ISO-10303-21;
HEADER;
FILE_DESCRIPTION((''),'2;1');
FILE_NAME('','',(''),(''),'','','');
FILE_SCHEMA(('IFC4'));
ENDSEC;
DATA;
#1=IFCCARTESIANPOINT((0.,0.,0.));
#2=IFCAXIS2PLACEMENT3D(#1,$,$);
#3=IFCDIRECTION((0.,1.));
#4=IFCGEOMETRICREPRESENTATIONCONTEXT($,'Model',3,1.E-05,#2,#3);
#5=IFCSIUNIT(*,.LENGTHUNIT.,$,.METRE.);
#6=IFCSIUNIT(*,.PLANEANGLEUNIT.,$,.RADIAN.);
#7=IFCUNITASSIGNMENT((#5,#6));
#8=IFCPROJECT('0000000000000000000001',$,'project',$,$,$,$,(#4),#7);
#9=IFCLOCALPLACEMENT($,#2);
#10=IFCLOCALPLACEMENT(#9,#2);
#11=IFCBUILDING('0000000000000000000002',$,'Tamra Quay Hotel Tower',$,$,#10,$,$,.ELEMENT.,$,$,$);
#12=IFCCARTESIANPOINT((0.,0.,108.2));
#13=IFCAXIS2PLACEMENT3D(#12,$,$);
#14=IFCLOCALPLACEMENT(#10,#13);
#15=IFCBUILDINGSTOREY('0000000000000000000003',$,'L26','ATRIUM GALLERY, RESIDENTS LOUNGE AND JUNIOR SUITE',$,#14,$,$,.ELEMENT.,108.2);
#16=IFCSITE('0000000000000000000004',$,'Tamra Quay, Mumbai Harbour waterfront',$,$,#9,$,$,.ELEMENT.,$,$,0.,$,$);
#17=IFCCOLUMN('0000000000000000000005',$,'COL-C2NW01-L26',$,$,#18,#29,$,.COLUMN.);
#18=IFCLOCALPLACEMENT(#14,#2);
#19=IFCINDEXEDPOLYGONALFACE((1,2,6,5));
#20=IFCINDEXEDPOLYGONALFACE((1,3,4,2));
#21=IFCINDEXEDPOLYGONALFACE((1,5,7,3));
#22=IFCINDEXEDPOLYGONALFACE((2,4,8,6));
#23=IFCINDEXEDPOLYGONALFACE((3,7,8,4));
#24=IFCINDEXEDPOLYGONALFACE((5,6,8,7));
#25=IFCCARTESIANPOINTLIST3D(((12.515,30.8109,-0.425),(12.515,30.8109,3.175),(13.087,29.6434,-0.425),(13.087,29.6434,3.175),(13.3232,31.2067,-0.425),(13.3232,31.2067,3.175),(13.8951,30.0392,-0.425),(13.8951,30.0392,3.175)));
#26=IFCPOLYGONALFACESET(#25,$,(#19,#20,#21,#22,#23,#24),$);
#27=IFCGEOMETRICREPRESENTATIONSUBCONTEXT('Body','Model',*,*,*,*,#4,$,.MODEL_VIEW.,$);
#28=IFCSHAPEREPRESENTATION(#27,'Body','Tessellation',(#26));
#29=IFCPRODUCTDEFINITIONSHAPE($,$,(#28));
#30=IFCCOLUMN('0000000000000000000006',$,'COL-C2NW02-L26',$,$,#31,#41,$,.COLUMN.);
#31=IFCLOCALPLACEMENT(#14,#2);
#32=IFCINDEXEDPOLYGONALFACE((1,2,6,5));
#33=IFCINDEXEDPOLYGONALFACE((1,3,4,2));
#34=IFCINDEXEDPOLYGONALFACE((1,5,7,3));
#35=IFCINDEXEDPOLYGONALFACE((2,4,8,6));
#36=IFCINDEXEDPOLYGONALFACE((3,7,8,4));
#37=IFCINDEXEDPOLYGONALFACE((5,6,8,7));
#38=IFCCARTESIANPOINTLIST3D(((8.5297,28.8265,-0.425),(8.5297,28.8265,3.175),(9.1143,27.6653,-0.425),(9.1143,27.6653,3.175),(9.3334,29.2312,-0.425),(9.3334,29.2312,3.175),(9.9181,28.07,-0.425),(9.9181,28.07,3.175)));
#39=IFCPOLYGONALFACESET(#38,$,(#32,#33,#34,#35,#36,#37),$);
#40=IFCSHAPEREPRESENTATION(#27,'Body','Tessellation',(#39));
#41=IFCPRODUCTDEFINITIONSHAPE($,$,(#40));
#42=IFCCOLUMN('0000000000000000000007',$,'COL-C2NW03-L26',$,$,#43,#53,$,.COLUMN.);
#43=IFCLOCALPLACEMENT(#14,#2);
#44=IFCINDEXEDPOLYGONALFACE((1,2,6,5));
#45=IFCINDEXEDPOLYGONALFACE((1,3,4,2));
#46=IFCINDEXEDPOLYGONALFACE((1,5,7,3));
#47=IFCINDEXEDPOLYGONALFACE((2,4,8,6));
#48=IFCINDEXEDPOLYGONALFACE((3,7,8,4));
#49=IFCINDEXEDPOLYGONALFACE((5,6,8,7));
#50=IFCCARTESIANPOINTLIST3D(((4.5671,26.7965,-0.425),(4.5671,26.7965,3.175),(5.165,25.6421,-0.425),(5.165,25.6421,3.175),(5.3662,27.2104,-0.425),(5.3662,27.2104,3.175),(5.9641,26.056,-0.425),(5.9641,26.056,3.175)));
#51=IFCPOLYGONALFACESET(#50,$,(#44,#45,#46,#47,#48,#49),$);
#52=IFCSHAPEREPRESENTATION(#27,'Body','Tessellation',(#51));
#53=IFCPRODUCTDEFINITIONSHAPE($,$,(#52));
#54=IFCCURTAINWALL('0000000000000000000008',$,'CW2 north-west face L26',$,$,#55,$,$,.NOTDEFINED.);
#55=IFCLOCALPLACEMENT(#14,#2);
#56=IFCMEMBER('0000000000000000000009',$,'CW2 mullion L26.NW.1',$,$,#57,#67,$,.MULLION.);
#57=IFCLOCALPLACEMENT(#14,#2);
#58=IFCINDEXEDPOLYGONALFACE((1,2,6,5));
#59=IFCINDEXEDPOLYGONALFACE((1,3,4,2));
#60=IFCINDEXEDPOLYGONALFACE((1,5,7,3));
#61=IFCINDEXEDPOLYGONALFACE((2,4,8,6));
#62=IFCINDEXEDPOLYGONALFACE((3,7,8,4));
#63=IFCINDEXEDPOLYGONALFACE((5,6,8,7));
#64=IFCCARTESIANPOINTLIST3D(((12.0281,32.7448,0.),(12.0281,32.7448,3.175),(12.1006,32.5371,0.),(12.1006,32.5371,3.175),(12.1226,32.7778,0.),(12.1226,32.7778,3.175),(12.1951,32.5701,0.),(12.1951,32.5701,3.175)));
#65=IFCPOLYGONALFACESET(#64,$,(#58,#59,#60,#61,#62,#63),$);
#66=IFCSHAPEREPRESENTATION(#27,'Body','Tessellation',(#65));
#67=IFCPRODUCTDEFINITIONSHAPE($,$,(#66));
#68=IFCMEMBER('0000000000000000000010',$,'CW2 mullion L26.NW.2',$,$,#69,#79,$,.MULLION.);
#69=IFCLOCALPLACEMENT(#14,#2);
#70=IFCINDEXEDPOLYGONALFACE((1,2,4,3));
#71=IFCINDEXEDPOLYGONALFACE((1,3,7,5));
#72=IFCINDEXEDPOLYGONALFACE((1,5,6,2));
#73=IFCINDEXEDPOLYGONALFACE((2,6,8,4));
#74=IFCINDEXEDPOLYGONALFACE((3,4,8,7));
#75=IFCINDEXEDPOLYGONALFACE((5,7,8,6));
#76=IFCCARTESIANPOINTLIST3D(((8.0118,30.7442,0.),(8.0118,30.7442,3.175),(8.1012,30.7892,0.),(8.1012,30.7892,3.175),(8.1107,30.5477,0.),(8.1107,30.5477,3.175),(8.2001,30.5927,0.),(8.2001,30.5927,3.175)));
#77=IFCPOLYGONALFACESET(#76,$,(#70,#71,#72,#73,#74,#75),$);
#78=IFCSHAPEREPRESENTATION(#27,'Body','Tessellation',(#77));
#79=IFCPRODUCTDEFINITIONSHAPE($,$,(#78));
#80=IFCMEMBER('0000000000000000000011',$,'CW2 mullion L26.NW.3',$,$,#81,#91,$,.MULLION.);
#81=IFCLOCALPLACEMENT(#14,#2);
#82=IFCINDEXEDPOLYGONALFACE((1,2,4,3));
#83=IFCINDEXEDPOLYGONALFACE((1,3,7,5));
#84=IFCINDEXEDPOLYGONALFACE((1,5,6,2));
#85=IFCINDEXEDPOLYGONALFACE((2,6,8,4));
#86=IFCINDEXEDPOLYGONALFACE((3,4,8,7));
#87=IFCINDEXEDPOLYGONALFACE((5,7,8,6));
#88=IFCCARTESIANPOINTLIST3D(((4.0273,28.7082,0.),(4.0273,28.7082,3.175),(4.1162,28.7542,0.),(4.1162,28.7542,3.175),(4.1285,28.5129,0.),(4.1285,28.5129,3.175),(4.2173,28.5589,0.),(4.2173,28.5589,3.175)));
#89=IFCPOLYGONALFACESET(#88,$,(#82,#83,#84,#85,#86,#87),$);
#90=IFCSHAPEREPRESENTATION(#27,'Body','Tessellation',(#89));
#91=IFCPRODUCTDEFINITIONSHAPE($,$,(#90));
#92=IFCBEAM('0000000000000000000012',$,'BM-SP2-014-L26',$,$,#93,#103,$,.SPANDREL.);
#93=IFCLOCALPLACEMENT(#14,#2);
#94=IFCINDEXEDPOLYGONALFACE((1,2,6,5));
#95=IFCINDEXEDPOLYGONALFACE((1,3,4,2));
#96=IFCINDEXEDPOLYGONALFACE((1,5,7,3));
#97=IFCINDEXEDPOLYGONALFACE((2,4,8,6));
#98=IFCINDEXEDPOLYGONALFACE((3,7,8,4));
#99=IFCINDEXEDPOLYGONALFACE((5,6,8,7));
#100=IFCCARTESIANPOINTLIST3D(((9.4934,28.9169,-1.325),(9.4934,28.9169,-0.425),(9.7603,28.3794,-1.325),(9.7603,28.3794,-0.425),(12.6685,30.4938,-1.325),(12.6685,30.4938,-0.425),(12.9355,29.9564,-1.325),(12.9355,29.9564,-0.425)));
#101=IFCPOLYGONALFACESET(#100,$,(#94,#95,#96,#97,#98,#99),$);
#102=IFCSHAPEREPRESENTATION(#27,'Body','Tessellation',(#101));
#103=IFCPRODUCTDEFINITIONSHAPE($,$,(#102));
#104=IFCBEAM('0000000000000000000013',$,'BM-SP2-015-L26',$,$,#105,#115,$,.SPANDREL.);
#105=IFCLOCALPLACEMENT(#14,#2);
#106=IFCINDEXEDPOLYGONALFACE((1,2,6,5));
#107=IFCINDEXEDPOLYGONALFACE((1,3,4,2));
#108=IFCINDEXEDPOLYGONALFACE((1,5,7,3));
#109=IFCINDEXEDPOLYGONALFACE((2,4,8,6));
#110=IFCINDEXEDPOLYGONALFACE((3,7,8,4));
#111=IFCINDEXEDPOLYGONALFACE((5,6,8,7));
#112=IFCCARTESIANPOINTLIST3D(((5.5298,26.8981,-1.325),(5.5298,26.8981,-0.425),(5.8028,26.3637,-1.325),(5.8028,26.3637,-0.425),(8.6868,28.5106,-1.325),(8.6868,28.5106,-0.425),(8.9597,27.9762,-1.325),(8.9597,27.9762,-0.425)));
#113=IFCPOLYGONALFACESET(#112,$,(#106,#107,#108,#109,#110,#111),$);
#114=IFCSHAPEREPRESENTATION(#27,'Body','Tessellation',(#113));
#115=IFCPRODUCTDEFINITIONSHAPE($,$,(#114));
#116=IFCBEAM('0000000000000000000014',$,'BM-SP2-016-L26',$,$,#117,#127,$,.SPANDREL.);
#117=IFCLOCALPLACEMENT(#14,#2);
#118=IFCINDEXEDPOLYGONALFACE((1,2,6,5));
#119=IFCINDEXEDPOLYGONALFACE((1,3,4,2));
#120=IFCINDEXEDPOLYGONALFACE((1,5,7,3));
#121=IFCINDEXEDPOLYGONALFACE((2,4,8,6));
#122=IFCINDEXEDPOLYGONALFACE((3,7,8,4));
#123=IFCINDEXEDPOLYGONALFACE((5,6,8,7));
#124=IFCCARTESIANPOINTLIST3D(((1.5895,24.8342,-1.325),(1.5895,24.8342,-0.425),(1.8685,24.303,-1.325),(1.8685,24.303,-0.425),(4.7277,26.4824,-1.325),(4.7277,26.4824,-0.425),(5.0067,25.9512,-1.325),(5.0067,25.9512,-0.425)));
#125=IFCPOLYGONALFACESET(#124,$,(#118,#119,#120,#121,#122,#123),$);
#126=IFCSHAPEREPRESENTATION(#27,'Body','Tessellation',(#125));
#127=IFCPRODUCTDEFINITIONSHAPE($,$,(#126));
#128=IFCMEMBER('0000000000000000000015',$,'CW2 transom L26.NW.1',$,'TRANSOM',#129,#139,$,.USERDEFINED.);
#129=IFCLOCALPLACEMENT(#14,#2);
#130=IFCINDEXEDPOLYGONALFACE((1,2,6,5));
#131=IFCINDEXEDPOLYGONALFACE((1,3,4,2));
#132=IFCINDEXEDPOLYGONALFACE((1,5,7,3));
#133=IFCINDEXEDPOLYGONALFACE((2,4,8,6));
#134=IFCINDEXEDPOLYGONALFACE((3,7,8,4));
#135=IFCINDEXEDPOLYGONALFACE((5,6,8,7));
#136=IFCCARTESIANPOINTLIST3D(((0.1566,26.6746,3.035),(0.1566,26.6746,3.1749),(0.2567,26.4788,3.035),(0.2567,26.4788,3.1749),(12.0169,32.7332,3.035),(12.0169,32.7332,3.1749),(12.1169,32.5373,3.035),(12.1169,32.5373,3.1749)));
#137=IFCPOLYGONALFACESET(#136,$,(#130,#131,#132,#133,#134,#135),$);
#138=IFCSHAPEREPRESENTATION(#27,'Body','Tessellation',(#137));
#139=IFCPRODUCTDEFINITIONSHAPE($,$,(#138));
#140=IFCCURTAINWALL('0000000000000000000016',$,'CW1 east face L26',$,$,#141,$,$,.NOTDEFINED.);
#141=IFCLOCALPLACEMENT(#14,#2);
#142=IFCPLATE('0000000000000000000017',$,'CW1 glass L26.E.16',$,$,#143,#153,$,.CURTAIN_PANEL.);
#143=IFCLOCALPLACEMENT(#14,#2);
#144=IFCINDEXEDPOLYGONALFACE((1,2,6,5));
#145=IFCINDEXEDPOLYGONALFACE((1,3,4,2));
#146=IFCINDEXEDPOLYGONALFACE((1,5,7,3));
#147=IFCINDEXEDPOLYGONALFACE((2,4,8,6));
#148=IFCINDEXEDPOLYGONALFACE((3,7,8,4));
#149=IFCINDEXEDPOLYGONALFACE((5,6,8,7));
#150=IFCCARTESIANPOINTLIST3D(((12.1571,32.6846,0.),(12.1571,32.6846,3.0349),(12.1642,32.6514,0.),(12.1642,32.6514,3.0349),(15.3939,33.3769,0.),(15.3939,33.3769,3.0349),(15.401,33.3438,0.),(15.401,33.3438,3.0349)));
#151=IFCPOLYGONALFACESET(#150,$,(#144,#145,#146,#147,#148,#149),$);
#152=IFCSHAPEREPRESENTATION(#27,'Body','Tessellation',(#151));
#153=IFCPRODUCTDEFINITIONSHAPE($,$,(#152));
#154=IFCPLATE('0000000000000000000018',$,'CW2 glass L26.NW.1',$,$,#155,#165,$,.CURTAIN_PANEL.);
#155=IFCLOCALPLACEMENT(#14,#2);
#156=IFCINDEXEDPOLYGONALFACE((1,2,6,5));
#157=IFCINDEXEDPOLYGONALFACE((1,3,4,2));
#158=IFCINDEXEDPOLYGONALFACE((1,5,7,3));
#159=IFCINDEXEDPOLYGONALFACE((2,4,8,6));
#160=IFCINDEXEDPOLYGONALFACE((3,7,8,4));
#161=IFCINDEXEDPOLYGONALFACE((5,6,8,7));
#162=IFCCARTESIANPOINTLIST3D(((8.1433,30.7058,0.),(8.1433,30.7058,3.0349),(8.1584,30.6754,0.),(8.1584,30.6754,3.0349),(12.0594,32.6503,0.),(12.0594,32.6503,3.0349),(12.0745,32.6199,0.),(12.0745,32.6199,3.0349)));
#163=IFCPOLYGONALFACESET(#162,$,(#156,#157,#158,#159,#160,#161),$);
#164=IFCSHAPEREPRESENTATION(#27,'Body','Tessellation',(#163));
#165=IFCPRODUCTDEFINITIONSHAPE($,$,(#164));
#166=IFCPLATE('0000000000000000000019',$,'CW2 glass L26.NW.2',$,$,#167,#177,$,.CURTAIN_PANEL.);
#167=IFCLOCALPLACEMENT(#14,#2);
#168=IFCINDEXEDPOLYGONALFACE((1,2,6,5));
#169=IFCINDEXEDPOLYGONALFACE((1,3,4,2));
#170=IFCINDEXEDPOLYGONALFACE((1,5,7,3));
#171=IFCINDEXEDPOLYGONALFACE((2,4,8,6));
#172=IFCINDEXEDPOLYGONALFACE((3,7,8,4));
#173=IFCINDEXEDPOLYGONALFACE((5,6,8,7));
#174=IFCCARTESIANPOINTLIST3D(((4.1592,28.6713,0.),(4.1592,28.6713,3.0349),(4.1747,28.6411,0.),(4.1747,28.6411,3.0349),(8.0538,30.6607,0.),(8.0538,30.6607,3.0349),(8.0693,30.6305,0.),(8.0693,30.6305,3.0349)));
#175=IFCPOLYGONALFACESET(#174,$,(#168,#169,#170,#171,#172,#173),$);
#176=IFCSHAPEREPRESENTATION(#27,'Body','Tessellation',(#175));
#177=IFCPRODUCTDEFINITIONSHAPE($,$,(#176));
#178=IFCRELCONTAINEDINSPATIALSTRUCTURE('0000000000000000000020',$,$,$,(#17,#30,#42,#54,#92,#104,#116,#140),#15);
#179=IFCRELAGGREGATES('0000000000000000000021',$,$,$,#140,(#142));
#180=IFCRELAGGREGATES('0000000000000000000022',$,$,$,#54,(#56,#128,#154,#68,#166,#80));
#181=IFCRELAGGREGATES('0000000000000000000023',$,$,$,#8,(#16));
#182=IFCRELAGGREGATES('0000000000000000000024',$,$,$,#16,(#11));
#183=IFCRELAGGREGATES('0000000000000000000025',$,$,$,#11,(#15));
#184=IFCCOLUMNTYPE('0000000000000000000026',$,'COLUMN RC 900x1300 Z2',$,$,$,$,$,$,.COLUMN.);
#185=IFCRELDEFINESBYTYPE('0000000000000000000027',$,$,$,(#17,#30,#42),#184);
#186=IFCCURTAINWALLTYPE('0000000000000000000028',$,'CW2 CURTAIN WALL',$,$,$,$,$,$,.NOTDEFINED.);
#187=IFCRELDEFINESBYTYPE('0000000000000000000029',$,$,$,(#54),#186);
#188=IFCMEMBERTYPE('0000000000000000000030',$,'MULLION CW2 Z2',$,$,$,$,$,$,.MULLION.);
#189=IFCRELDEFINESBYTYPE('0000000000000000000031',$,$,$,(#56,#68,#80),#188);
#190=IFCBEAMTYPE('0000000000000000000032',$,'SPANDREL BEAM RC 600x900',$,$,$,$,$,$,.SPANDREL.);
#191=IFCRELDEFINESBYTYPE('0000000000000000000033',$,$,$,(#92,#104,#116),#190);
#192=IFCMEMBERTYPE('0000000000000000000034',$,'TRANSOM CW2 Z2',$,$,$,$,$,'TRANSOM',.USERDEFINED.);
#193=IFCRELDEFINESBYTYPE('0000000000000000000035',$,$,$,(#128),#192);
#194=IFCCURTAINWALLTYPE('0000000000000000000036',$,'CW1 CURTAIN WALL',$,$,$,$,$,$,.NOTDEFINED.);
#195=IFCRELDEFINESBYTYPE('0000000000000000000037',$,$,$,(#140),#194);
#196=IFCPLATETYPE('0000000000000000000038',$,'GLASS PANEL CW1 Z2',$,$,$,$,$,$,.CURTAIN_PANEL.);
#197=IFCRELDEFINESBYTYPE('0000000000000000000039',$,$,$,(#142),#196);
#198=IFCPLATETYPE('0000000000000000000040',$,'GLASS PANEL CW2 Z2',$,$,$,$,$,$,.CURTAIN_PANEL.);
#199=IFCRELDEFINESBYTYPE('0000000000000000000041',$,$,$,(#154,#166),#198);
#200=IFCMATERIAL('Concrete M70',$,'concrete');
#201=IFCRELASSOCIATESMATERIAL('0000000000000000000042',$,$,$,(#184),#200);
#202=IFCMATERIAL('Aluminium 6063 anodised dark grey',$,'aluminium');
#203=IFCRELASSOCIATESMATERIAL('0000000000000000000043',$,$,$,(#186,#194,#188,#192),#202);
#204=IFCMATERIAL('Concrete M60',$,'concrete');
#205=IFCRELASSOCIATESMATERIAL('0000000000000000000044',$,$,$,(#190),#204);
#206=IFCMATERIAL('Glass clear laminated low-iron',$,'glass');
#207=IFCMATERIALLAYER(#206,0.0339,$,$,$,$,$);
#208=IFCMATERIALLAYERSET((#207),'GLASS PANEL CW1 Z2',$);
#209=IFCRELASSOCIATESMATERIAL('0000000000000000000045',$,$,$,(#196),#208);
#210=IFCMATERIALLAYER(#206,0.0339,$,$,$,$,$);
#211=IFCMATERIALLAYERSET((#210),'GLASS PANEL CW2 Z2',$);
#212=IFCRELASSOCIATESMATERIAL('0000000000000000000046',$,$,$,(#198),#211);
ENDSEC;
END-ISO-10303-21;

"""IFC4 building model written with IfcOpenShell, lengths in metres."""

from ifc_helpers import new_model, si_unit, direction, frame, origin, origin_2d, place, context, subcontext, project, spatial, rectangle, extrude, material, layer, layer_set, material_profile, profile_set, type_object, element, aggregate, save


model = new_model("IFC4")

# Units and contexts
model_context = context("Model", 3, precision=1e-05, world=origin(), true_north=direction((0.0, 1.0)))
body_context = subcontext(model_context, "Body", "Model", "MODEL_VIEW")
ifc_project = project(units=[si_unit("LENGTHUNIT", "METRE"), si_unit("PLANEANGLEUNIT", "RADIAN")], contexts=[model_context])

# Site, building, storey
site_placement = place(None, origin())
site = spatial("IfcSite", under=ifc_project, at=site_placement, Name="Tamra Quay, Mumbai Harbour waterfront", CompositionType="ELEMENT", RefElevation=0.0)
building_placement = place(site_placement, origin())
building = spatial("IfcBuilding", under=site, at=building_placement, Name="Tamra Quay Hotel Tower", CompositionType="ELEMENT")
storey_placement = place(building_placement, frame((0.0, 0.0, 108.2)))
storey = spatial("IfcBuildingStorey", under=building, at=storey_placement, Name="L26", Description="ATRIUM GALLERY, RESIDENTS LOUNGE AND JUNIOR SUITE", CompositionType="ELEMENT", Elevation=108.2)

# Columns
ifc_material_1 = material(Name="Concrete M70", Category="concrete")
ifc_material_profile_1 = material_profile(ifc_material_1, rectangle(XDim=1.3, YDim=0.8999, at=origin_2d()), Name="COLUMN RC 900x1300 Z2")
ifc_profile_set_1 = profile_set([ifc_material_profile_1], Name="Concrete M70")
column_type = type_object("IfcColumnType", Name="COLUMN RC 900x1300 Z2", PredefinedType="COLUMN", material=ifc_profile_set_1)
for number, where, z_axis, x_axis, name in (
    (1, (13.2051, 30.425, -0.425), (0.0, 0.0, 1.0), (-0.439916, 0.898039, 0.0), "COL-C2NW01-L26"),
    (2, (9.2239, 28.4482, -0.425), (0.0, 0.0, 1.0), (-0.449727, 0.893166, 0.0), "COL-C2NW02-L26"),
    (3, (5.2656, 26.4263, -0.425), (0.0, 0.0, 1.0), (-0.45989, 0.887976, 0.0), "COL-C2NW03-L26"),
):
    element("IfcColumn", number, at=place(storey_placement, frame(where, z_axis=z_axis, x_axis=x_axis)), inside=storey, type_object=column_type, Name=name, PredefinedType="COLUMN", context=body_context, shape_type="SweptSolid", body=[
        extrude(rectangle(XDim=1.3, YDim=0.8999, at=origin_2d()), origin(), (0.0, 0.0, 1.0), 3.6001),
    ])

# Curtain wall, members
ifc_material_2 = material(Name="Aluminium 6063 anodised dark grey", Category="aluminium")
curtain_wall_type_1 = type_object("IfcCurtainWallType", Name="CW2 CURTAIN WALL", PredefinedType="NOTDEFINED", material=ifc_material_2)
curtain_wall_1_placement = place(storey_placement, origin())
curtain_wall_1 = element("IfcCurtainWall", 4, at=curtain_wall_1_placement, inside=storey, type_object=curtain_wall_type_1, Name="CW2 north-west face L26", PredefinedType="NOTDEFINED")
ifc_material_profile_2 = material_profile(ifc_material_2, rectangle(XDim=0.22, YDim=0.1001, at=origin_2d()), Name="MULLION 100X220")
ifc_profile_set_2 = profile_set([ifc_material_profile_2], Name="Aluminium 6063 anodised dark grey")
member_type_1 = type_object("IfcMemberType", Name="MULLION CW2 Z2", PredefinedType="MULLION", material=ifc_profile_set_2)
member_1_placement = place(storey_placement, frame((12.1116, 32.6575, 0.0), z_axis=(0.0, 0.0, 1.0), x_axis=(-0.329532, 0.944144, 0.0)))
member_1 = element("IfcMember", 5, at=member_1_placement, type_object=member_type_1, Name="CW2 mullion L26.NW.1", PredefinedType="MULLION", context=body_context, shape_type="SweptSolid", body=[
    extrude(rectangle(XDim=0.22, YDim=0.1001, at=origin_2d()), origin(), (0.0, 0.0, 1.0), 3.175),
])
member_2_placement = place(storey_placement, frame((8.106, 30.6685, 0.0), z_axis=(0.0, 0.0, 1.0), x_axis=(-0.449827, 0.893116, 0.0)))
member_2 = element("IfcMember", 6, at=member_2_placement, type_object=member_type_1, Name="CW2 mullion L26.NW.2", PredefinedType="MULLION", context=body_context, shape_type="SweptSolid", body=[
    extrude(rectangle(XDim=0.22, YDim=0.1001, at=origin_2d()), origin(), (0.0, 0.0, 1.0), 3.175),
])
member_3_placement = place(storey_placement, frame((4.1223, 28.6335, 0.0), z_axis=(0.0, 0.0, 1.0), x_axis=(-0.45996, 0.88794, 0.0)))
member_3 = element("IfcMember", 7, at=member_3_placement, type_object=member_type_1, Name="CW2 mullion L26.NW.3", PredefinedType="MULLION", context=body_context, shape_type="SweptSolid", body=[
    extrude(rectangle(XDim=0.22, YDim=0.1001, at=origin_2d()), origin(), (0.0, 0.0, 1.0), 3.175),
])

# Beams
ifc_material_3 = material(Name="Concrete M60", Category="concrete")
ifc_material_profile_3 = material_profile(ifc_material_3, rectangle(XDim=0.6001, YDim=0.8999, at=origin_2d()), Name="SPANDREL BEAM RC 600x900")
ifc_profile_set_3 = profile_set([ifc_material_profile_3], Name="Concrete M60")
beam_type = type_object("IfcBeamType", Name="SPANDREL BEAM RC 600x900", PredefinedType="SPANDREL", material=ifc_profile_set_3)
beam_1_placement = place(storey_placement, frame((12.802, 30.2251, -0.875), z_axis=(-0.895622, -0.444815, 0.0), x_axis=(0.444815, -0.895622, 0.0)))
element("IfcBeam", 8, at=beam_1_placement, inside=storey, type_object=beam_type, Name="BM-SP2-014-L26", PredefinedType="SPANDREL", context=body_context, shape_type="SweptSolid", body=[
    extrude(rectangle(XDim=0.6001, YDim=0.8999, at=origin_2d()), origin(), (0.0, 0.0, 1.0), 3.5452),
])
beam_2_placement = place(storey_placement, frame((8.8232, 28.2434, -0.875), z_axis=(-0.890551, -0.454883, 0.0), x_axis=(0.454883, -0.890551, 0.0)))
element("IfcBeam", 9, at=beam_2_placement, inside=storey, type_object=beam_type, Name="BM-SP2-015-L26", PredefinedType="SPANDREL", context=body_context, shape_type="SweptSolid", body=[
    extrude(rectangle(XDim=0.6001, YDim=0.8999, at=origin_2d()), origin(), (0.0, 0.0, 1.0), 3.5449),
])
beam_3_placement = place(storey_placement, frame((4.8672, 26.2168, -0.875), z_axis=(-0.885323, -0.464977, 0.0), x_axis=(0.464977, -0.885323, 0.0)))
element("IfcBeam", 10, at=beam_3_placement, inside=storey, type_object=beam_type, Name="BM-SP2-016-L26", PredefinedType="SPANDREL", context=body_context, shape_type="SweptSolid", body=[
    extrude(rectangle(XDim=0.6001, YDim=0.8999, at=origin_2d()), origin(), (0.0, 0.0, 1.0), 3.5447),
])

# Member
ifc_material_profile_4 = material_profile(ifc_material_2, rectangle(XDim=0.22, YDim=0.1399, at=origin_2d()), Name="TRANSOM 220X140")
ifc_profile_set_4 = profile_set([ifc_material_profile_4], Name="Aluminium 6063 anodised dark grey")
member_type_2 = type_object("IfcMemberType", Name="TRANSOM CW2 Z2", ElementType="TRANSOM", PredefinedType="USERDEFINED", material=ifc_profile_set_4)
member_4_placement = place(storey_placement, frame((12.0669, 32.6353, 3.105), z_axis=(-0.890537, -0.454911, 0.0), x_axis=(0.454911, -0.890537, 0.0)))
member_4 = element("IfcMember", 11, at=member_4_placement, type_object=member_type_2, Name="CW2 transom L26.NW.1", ObjectType="TRANSOM", PredefinedType="USERDEFINED", context=body_context, shape_type="SweptSolid", body=[
    extrude(rectangle(XDim=0.22, YDim=0.1399, at=origin_2d()), origin(), (0.0, 0.0, 1.0), 13.3181),
])

# Curtain wall, plate
curtain_wall_type_2 = type_object("IfcCurtainWallType", Name="CW1 CURTAIN WALL", PredefinedType="NOTDEFINED", material=ifc_material_2)
curtain_wall_2_placement = place(storey_placement, origin())
curtain_wall_2 = element("IfcCurtainWall", 12, at=curtain_wall_2_placement, inside=storey, type_object=curtain_wall_type_2, Name="CW1 east face L26", PredefinedType="NOTDEFINED")
ifc_material_4 = material(Name="Glass clear laminated low-iron", Category="glass")
ifc_layer_1 = layer(ifc_material_4, 0.0339)
ifc_layer_set_1 = layer_set([ifc_layer_1], Name="GLASS PANEL CW1 Z2")
plate_type_1 = type_object("IfcPlateType", Name="GLASS PANEL CW1 Z2", PredefinedType="CURTAIN_PANEL", material=ifc_layer_set_1)
plate_1_placement = place(storey_placement, frame((13.7791, 33.0142, 0.0), z_axis=(0.0, 0.0, 1.0), x_axis=(-0.977879, -0.209172, 0.0)))
plate_1 = element("IfcPlate", 13, at=plate_1_placement, type_object=plate_type_1, Name="CW1 glass L26.E.16", PredefinedType="CURTAIN_PANEL", context=body_context, shape_type="SweptSolid", body=[
    extrude(rectangle(XDim=3.3101, YDim=0.0339, at=origin_2d()), origin(), (0.0, 0.0, 1.0), 3.0349),
])
aggregate(curtain_wall_2, [plate_1])

# Plates
ifc_layer_2 = layer(ifc_material_4, 0.0339)
ifc_layer_set_2 = layer_set([ifc_layer_2], Name="GLASS PANEL CW2 Z2")
plate_type_2 = type_object("IfcPlateType", Name="GLASS PANEL CW2 Z2", PredefinedType="CURTAIN_PANEL", material=ifc_layer_set_2)
plate_2_placement = place(storey_placement, frame((10.1089, 31.6628, 0.0), z_axis=(0.0, 0.0, 1.0), x_axis=(-0.895658, -0.444743, 0.0)))
plate_2 = element("IfcPlate", 14, at=plate_2_placement, type_object=plate_type_2, Name="CW2 glass L26.NW.1", PredefinedType="CURTAIN_PANEL", context=body_context, shape_type="SweptSolid", body=[
    extrude(rectangle(XDim=4.3723, YDim=0.0339, at=origin_2d()), origin(), (0.0, 0.0, 1.0), 3.0349),
])
plate_3_placement = place(storey_placement, frame((6.1143, 29.6509, 0.0), z_axis=(0.0, 0.0, 1.0), x_axis=(-0.890545, -0.454896, 0.0)))
plate_3 = element("IfcPlate", 15, at=plate_3_placement, type_object=plate_type_2, Name="CW2 glass L26.NW.2", PredefinedType="CURTAIN_PANEL", context=body_context, shape_type="SweptSolid", body=[
    extrude(rectangle(XDim=4.3733, YDim=0.0339, at=origin_2d()), origin(), (0.0, 0.0, 1.0), 3.0349),
])
aggregate(curtain_wall_1, [member_1, member_4, plate_2, member_2, plate_3, member_3])

save(model, "model.ifc")
